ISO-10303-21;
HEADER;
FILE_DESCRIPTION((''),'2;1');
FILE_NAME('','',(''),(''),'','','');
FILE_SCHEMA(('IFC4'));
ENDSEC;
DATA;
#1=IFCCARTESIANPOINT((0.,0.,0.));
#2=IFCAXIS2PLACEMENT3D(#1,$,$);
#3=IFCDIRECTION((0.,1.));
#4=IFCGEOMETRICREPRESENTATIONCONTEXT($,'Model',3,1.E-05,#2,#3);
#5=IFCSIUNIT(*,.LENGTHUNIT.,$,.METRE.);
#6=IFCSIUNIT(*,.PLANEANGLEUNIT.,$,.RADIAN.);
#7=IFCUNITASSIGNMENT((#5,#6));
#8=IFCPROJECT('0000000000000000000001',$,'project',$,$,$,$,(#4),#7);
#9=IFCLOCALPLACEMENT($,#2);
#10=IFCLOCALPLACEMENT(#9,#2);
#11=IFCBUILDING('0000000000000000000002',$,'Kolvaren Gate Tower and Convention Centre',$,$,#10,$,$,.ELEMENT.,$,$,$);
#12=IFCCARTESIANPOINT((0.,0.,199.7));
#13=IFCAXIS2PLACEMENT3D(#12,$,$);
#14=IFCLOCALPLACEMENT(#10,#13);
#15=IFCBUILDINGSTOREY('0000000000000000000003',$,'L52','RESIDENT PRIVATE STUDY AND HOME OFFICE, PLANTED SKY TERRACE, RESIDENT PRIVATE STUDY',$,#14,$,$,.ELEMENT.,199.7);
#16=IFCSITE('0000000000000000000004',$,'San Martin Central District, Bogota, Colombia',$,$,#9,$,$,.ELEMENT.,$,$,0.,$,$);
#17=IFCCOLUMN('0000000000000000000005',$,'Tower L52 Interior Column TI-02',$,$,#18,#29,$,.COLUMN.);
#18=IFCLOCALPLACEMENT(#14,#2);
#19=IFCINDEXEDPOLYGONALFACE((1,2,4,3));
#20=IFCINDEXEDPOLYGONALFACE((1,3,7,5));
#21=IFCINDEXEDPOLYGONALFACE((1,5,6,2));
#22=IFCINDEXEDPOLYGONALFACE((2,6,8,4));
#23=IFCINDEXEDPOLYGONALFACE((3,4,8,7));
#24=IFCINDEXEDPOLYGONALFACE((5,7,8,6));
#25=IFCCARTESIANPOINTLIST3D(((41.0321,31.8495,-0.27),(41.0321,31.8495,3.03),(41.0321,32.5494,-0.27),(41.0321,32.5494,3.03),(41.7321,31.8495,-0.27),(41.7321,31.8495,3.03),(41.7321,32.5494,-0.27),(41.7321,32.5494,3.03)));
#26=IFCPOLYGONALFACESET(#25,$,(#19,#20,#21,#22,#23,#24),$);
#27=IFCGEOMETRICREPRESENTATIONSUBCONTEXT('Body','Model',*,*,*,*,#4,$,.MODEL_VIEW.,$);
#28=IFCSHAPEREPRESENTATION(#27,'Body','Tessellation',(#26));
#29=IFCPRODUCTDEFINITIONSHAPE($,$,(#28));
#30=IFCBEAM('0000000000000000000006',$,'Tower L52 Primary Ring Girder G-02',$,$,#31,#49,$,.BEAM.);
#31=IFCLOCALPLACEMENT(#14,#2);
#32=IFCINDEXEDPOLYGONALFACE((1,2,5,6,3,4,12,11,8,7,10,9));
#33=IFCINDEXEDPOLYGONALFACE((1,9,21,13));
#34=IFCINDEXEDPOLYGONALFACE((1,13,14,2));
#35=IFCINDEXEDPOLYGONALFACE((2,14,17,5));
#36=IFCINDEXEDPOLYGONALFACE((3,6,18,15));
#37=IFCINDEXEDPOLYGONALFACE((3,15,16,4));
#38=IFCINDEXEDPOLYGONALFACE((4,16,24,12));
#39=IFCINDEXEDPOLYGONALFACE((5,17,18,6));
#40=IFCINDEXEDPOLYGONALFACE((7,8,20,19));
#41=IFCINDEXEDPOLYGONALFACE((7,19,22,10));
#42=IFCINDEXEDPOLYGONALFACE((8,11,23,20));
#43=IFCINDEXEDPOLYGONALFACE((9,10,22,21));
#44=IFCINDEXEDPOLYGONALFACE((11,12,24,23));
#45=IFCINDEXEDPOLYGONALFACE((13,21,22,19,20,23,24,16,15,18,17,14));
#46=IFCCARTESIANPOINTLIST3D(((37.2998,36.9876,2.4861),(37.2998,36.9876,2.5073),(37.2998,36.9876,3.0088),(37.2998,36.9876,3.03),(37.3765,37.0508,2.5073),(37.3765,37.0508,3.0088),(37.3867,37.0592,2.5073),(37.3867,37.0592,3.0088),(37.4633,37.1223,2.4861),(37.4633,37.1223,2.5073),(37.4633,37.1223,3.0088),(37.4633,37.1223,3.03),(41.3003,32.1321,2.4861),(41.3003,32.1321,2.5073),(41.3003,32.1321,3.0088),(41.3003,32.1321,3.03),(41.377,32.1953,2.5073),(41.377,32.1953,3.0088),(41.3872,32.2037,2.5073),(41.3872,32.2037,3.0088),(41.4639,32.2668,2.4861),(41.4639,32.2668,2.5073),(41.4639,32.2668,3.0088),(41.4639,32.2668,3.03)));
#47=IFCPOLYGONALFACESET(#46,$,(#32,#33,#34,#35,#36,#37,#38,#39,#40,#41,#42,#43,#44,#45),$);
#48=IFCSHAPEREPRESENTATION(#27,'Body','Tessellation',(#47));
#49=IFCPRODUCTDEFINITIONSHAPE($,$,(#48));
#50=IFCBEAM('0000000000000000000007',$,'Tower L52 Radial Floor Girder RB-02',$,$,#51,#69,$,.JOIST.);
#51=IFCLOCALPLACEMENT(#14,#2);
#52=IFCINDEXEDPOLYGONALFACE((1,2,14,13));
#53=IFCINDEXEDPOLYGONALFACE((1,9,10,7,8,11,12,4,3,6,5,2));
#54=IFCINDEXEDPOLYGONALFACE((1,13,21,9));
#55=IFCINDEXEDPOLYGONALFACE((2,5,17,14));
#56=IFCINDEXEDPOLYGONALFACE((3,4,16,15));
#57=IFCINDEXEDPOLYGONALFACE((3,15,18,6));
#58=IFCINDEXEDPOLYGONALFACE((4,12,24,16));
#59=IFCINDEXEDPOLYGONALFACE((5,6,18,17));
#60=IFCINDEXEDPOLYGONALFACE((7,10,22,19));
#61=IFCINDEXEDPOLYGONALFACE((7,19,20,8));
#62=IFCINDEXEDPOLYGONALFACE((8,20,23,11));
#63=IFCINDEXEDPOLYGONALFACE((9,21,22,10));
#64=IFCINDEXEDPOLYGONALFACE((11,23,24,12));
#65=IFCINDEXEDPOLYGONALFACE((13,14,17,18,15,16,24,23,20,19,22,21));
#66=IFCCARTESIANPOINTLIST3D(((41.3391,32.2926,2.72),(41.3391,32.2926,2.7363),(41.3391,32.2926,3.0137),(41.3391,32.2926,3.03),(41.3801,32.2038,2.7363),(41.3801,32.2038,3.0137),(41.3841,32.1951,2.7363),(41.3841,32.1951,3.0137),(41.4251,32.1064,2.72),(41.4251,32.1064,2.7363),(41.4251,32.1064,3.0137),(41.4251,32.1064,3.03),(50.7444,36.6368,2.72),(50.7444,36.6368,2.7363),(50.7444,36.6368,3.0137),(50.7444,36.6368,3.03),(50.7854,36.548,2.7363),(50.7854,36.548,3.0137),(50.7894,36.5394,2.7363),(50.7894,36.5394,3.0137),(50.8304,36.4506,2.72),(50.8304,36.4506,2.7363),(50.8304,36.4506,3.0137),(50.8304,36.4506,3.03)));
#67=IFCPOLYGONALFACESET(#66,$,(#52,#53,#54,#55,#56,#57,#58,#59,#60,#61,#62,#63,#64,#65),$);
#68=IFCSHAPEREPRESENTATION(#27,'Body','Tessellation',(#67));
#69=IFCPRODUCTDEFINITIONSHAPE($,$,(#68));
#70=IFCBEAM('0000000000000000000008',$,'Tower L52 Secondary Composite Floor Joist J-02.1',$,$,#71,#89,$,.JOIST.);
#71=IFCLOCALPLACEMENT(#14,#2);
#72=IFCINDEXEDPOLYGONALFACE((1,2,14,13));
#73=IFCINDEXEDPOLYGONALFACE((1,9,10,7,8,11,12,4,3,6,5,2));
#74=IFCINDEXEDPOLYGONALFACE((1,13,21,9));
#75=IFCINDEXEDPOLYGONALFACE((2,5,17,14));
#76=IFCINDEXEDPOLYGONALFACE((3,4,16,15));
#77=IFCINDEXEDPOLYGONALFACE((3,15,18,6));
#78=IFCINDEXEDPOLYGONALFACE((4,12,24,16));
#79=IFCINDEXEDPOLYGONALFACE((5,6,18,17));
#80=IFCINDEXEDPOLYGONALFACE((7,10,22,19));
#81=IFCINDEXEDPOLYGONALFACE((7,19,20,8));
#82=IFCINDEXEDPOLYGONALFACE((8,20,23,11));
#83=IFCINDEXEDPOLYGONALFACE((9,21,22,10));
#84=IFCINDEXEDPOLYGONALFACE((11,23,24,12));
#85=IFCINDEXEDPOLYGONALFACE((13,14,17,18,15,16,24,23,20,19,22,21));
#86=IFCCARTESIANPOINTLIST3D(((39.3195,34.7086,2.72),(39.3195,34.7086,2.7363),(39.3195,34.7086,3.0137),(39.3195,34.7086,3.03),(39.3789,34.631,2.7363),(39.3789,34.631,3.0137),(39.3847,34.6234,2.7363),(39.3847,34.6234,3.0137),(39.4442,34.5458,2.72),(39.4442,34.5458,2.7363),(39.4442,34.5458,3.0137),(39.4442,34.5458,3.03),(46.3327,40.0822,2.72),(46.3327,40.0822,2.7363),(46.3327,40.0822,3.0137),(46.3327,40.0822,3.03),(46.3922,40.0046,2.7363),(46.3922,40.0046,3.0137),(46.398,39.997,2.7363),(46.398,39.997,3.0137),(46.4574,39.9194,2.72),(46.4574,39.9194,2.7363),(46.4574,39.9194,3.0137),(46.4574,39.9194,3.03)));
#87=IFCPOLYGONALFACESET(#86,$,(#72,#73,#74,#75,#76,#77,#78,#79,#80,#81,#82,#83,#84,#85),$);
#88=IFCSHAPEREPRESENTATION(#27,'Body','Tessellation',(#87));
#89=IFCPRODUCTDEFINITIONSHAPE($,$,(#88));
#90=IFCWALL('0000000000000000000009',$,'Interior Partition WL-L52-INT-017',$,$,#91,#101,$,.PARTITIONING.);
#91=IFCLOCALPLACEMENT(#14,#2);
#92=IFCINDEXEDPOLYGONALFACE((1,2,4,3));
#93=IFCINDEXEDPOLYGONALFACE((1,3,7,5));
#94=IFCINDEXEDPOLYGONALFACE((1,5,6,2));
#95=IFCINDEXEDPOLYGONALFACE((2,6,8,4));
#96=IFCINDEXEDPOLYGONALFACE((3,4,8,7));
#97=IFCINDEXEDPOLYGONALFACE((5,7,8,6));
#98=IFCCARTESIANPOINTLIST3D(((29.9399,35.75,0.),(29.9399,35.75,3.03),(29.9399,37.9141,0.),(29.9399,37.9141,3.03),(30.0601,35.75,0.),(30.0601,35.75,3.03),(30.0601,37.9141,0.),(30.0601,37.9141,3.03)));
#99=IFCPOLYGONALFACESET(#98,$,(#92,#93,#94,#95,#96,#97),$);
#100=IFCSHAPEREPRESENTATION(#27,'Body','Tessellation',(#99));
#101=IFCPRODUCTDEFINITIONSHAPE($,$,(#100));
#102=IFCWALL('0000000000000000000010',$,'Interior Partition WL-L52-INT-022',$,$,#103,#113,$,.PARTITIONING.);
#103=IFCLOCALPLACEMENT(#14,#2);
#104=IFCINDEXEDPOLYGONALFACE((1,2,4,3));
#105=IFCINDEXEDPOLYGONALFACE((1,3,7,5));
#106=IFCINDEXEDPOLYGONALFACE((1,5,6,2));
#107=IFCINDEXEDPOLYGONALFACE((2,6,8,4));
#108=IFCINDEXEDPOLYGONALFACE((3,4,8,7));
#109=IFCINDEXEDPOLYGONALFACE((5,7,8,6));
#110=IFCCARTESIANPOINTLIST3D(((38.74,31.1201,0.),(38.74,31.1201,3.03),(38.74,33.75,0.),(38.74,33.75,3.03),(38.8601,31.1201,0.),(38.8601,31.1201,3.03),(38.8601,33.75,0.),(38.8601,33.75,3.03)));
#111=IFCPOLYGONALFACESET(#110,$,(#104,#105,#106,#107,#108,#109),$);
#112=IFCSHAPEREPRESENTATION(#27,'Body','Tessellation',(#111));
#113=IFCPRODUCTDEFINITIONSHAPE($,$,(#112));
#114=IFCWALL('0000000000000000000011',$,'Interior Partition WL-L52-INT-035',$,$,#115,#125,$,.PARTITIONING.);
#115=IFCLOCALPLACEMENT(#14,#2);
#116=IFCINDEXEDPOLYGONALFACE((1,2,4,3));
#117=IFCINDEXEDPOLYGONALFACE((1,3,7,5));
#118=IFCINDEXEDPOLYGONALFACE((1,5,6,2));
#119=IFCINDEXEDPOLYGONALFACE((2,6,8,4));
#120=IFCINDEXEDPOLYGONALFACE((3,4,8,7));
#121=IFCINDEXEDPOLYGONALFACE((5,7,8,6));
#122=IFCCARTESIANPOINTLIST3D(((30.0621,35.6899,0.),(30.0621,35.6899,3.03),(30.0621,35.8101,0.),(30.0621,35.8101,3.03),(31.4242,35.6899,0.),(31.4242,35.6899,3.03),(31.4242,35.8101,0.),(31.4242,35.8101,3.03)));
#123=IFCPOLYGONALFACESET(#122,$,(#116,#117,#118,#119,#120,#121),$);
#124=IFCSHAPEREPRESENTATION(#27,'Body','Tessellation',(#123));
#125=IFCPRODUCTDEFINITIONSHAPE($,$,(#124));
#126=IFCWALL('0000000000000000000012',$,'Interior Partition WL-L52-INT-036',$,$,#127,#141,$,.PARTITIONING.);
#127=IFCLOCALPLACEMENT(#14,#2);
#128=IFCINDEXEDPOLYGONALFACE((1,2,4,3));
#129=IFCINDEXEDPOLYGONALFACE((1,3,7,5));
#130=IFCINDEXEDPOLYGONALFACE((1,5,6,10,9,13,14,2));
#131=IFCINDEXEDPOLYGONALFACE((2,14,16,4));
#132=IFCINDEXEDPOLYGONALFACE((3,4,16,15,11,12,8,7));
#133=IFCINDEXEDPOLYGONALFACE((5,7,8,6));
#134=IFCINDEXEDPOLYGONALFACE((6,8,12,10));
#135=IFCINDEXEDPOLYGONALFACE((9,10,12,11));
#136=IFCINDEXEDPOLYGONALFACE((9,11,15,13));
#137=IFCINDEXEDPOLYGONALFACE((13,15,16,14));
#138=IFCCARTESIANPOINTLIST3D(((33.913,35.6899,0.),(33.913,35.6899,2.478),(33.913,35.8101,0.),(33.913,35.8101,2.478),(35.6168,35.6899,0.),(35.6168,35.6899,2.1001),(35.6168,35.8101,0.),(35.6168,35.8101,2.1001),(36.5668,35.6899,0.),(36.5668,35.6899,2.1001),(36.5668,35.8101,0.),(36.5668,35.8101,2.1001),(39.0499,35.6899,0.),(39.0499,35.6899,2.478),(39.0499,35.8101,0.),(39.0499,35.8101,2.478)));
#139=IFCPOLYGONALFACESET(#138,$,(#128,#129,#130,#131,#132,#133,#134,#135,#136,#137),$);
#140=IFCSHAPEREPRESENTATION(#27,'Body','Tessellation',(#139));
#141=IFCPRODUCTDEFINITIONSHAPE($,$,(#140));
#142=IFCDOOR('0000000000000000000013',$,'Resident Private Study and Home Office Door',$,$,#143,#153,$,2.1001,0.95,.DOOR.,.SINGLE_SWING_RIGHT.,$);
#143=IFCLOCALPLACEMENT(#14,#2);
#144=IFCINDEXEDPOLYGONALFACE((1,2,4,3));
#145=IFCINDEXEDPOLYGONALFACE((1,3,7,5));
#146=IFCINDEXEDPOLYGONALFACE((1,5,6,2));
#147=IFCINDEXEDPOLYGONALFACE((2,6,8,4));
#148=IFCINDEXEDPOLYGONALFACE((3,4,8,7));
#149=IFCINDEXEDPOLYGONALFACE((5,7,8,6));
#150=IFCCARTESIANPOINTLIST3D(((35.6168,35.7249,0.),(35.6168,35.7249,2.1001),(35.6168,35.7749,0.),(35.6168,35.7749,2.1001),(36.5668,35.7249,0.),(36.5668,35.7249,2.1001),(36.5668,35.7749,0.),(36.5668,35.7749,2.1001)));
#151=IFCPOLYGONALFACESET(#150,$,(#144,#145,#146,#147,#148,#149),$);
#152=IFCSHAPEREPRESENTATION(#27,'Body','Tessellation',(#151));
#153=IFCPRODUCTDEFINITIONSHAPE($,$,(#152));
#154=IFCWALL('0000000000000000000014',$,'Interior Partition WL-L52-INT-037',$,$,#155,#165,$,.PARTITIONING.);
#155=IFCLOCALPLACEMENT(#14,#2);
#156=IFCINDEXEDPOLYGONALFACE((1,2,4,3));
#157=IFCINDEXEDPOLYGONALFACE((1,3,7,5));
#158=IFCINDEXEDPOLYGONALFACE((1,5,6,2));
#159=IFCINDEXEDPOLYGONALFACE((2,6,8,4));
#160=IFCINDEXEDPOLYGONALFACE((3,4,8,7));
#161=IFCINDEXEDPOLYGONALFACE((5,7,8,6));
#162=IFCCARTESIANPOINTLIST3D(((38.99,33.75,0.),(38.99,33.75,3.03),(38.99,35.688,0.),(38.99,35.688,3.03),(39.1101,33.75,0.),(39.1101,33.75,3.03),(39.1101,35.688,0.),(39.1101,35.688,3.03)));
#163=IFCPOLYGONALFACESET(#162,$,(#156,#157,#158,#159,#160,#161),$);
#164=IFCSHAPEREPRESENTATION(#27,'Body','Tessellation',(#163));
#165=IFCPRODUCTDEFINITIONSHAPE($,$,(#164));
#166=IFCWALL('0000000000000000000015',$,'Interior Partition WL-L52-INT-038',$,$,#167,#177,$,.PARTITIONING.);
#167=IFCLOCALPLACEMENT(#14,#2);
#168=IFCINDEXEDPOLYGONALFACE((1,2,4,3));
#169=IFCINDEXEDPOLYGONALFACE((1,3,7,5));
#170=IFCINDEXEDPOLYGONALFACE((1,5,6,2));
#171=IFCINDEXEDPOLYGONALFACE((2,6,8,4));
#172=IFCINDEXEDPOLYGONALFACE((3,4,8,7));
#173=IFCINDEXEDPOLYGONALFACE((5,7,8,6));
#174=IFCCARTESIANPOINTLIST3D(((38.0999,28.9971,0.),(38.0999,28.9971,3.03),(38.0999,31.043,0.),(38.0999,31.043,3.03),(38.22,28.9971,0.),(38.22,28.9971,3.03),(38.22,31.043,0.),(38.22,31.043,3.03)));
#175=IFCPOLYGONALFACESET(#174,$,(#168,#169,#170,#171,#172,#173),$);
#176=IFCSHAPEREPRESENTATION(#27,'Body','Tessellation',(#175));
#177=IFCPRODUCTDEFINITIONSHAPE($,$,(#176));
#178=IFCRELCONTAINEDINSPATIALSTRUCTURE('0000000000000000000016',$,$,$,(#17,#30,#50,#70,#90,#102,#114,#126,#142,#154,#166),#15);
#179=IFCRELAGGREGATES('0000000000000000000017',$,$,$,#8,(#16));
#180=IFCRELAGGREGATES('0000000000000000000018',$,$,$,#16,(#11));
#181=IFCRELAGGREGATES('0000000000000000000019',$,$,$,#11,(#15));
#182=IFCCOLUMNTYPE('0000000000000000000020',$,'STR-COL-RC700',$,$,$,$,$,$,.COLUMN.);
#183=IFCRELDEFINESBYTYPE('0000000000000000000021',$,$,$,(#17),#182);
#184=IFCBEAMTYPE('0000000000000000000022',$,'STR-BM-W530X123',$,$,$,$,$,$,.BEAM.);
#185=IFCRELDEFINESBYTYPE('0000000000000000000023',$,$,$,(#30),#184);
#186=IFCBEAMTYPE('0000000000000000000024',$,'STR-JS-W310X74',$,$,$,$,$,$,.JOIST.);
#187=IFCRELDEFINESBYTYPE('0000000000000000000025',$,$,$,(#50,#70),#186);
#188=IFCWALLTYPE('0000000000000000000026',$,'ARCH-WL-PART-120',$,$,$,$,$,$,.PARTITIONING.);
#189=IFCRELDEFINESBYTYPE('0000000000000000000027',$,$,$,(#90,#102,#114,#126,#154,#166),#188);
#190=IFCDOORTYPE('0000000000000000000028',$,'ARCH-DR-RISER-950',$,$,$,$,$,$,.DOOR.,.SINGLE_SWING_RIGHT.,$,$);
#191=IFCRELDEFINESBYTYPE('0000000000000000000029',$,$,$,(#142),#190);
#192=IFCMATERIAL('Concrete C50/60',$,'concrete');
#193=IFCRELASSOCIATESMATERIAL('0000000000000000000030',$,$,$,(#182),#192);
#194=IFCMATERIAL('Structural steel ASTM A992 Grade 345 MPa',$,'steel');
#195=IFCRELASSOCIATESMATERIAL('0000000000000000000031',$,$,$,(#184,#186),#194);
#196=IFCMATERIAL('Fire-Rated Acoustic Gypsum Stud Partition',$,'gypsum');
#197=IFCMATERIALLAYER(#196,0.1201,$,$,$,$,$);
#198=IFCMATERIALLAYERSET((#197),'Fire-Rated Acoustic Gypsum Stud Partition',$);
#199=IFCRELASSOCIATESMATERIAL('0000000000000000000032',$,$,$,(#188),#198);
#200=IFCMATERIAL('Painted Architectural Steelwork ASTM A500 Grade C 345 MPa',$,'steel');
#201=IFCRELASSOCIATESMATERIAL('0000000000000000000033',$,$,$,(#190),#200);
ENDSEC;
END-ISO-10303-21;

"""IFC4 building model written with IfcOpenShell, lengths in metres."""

from ifc_helpers import new_model, si_unit, direction, frame, frame_2d, origin, origin_2d, place, context, subcontext, project, spatial, rectangle, i_section, extrude, material, layer, layer_set, material_profile, profile_set, type_object, element, fill, save


model = new_model("IFC4")

# Units and contexts
model_context = context("Model", 3, precision=1e-05, world=origin(), true_north=direction((0.0, 1.0)))
body_context = subcontext(model_context, "Body", "Model", "MODEL_VIEW")
ifc_project = project(units=[si_unit("LENGTHUNIT", "METRE"), si_unit("PLANEANGLEUNIT", "RADIAN")], contexts=[model_context])

# Site, building, storey
site_placement = place(None, origin())
site = spatial("IfcSite", under=ifc_project, at=site_placement, Name="San Martin Central District, Bogota, Colombia", CompositionType="ELEMENT", RefElevation=0.0)
building_placement = place(site_placement, origin())
building = spatial("IfcBuilding", under=site, at=building_placement, Name="Kolvaren Gate Tower and Convention Centre", CompositionType="ELEMENT")
storey_placement = place(building_placement, frame((0.0, 0.0, 199.7)))
storey = spatial("IfcBuildingStorey", under=building, at=storey_placement, Name="L52", Description="RESIDENT PRIVATE STUDY AND HOME OFFICE, PLANTED SKY TERRACE, RESIDENT PRIVATE STUDY", CompositionType="ELEMENT", Elevation=199.7)

# Column
ifc_material_1 = material(Name="Concrete C50/60", Category="concrete")
ifc_material_profile_1 = material_profile(ifc_material_1, rectangle(XDim=0.7, YDim=0.7, at=origin_2d()), Name="RC-COL-700X700")
ifc_profile_set_1 = profile_set([ifc_material_profile_1], Name="Concrete C50/60")
column_type = type_object("IfcColumnType", Name="STR-COL-RC700", PredefinedType="COLUMN", material=ifc_profile_set_1)
column_placement = place(storey_placement, frame((41.3821, 32.1995, -0.27), z_axis=(0.0, 0.0, 1.0), x_axis=(1.0, 0.0, 0.0)))
element("IfcColumn", 1, at=column_placement, inside=storey, type_object=column_type, Name="Tower L52 Interior Column TI-02", PredefinedType="COLUMN", context=body_context, shape_type="SweptSolid", body=[
    extrude(rectangle(XDim=0.7, YDim=0.7, at=origin_2d()), origin(), (0.0, 0.0, 1.0), 3.3),
])

# Beams
ifc_material_2 = material(Name="Structural steel ASTM A992 Grade 345 MPa", Category="steel")
ifc_material_profile_2 = material_profile(ifc_material_2, i_section(OverallWidth=0.2119, OverallDepth=0.5439, WebThickness=0.0132, FlangeThickness=0.0212, at=origin_2d()), Name="W530X123")
ifc_profile_set_2 = profile_set([ifc_material_profile_2], Name="Structural steel ASTM A992 Grade 345 MPa")
beam_type_1 = type_object("IfcBeamType", Name="STR-BM-W530X123", PredefinedType="BEAM", material=ifc_profile_set_2)
beam_1_placement = place(storey_placement, frame((41.3821, 32.1995, 2.7581), z_axis=(-0.635884, 0.771785, 0.0), x_axis=(-0.771785, -0.635884, 0.0)))
element("IfcBeam", 2, at=beam_1_placement, inside=storey, type_object=beam_type_1, Name="Tower L52 Primary Ring Girder G-02", PredefinedType="BEAM", context=body_context, shape_type="SweptSolid", body=[
    extrude(i_section(OverallWidth=0.2119, OverallDepth=0.5439, WebThickness=0.0132, FlangeThickness=0.0212, at=origin_2d()), origin(), (0.0, 0.0, 1.0), 6.2913),
])
ifc_material_profile_3 = material_profile(ifc_material_2, i_section(OverallWidth=0.2051, OverallDepth=0.3101, WebThickness=0.0095, FlangeThickness=0.0164, at=origin_2d()), Name="W310X74")
ifc_profile_set_3 = profile_set([ifc_material_profile_3], Name="Structural steel ASTM A992 Grade 345 MPa")
beam_type_2 = type_object("IfcBeamType", Name="STR-JS-W310X74", PredefinedType="JOIST", material=ifc_profile_set_3)
beam_2_placement = place(storey_placement, frame((41.3821, 32.1995, 2.875), z_axis=(0.907837, 0.419324, 0.0), x_axis=(-0.419324, 0.907837, 0.0)))
element("IfcBeam", 3, at=beam_2_placement, inside=storey, type_object=beam_type_2, Name="Tower L52 Radial Floor Girder RB-02", PredefinedType="JOIST", context=body_context, shape_type="SweptSolid", body=[
    extrude(i_section(OverallWidth=0.2051, OverallDepth=0.3101, WebThickness=0.0095, FlangeThickness=0.0164, at=origin_2d()), origin(), (0.0, 0.0, 1.0), 10.3601),
])
beam_3_placement = place(storey_placement, frame((39.3818, 34.6272, 2.875), z_axis=(0.793783, 0.608201, 0.0), x_axis=(-0.608201, 0.793783, 0.0)))
element("IfcBeam", 4, at=beam_3_placement, inside=storey, type_object=beam_type_2, Name="Tower L52 Secondary Composite Floor Joist J-02.1", PredefinedType="JOIST", context=body_context, shape_type="SweptSolid", body=[
    extrude(i_section(OverallWidth=0.2051, OverallDepth=0.3101, WebThickness=0.0095, FlangeThickness=0.0164, at=origin_2d()), origin(), (0.0, 0.0, 1.0), 8.8352),
])

# Walls
ifc_material_3 = material(Name="Fire-Rated Acoustic Gypsum Stud Partition", Category="gypsum")
ifc_layer_1 = layer(ifc_material_3, 0.1201)
ifc_layer_set_1 = layer_set([ifc_layer_1], Name="Fire-Rated Acoustic Gypsum Stud Partition")
wall_type_1 = type_object("IfcWallType", Name="ARCH-WL-PART-120", PredefinedType="PARTITIONING", material=ifc_layer_set_1)
wall_1_placement = place(storey_placement, frame((30.0, 35.75, 0.0), z_axis=(0.0, 0.0, 1.0), x_axis=(0.0, 1.0, 0.0)))
element("IfcWall", 5, at=wall_1_placement, inside=storey, type_object=wall_type_1, Name="Interior Partition WL-L52-INT-017", PredefinedType="PARTITIONING", context=body_context, shape_type="SweptSolid", body=[
    extrude(rectangle(XDim=2.1641, YDim=0.1201, at=frame_2d((1.082, 0.0))), origin(), (0.0, 0.0, 1.0), 3.03),
])
wall_2_placement = place(storey_placement, frame((38.8, 31.1201, 0.0), z_axis=(0.0, 0.0, 1.0), x_axis=(0.0, 1.0, 0.0)))
element("IfcWall", 6, at=wall_2_placement, inside=storey, type_object=wall_type_1, Name="Interior Partition WL-L52-INT-022", PredefinedType="PARTITIONING", context=body_context, shape_type="SweptSolid", body=[
    extrude(rectangle(XDim=2.6299, YDim=0.1201, at=frame_2d((1.3149, 0.0))), origin(), (0.0, 0.0, 1.0), 3.03),
])
wall_3_placement = place(storey_placement, frame((30.062, 35.75, 0.0), z_axis=(0.0, 0.0, 1.0), x_axis=(1.0, 0.0, 0.0)))
element("IfcWall", 7, at=wall_3_placement, inside=storey, type_object=wall_type_1, Name="Interior Partition WL-L52-INT-035", PredefinedType="PARTITIONING", context=body_context, shape_type="SweptSolid", body=[
    extrude(rectangle(XDim=1.3621, YDim=0.1201, at=frame_2d((0.6812, 0.0))), origin(), (0.0, 0.0, 1.0), 3.03),
])

# Wall, opening, door
wall_4_placement = place(storey_placement, frame((33.9131, 35.75, 0.0), z_axis=(0.0, 0.0, 1.0), x_axis=(1.0, 0.0, 0.0)))
wall_4 = element("IfcWall", 8, at=wall_4_placement, inside=storey, type_object=wall_type_1, Name="Interior Partition WL-L52-INT-036", PredefinedType="PARTITIONING", context=body_context, shape_type="SweptSolid", body=[
    extrude(rectangle(XDim=5.137, YDim=0.1201, at=frame_2d((2.5684, 0.0))), origin(), (0.0, 0.0, 1.0), 2.478),
])
opening_1_placement = place(wall_4_placement, frame((1.7036, 0.0, 0.0)))
opening_1 = element("IfcOpeningElement", 9, at=opening_1_placement, cuts=wall_4, PredefinedType="OPENING", context=body_context, shape_type="SweptSolid", body=[
    extrude(rectangle(XDim=0.95, YDim=2.1001, at=frame_2d((0.4751, 1.05))), frame((0.0, 0.0701, 0.0), z_axis=(0.0, -1.0, 0.0), x_axis=(1.0, 0.0, 0.0)), (0.0, 0.0, 1.0), 0.1401),
])
ifc_material_4 = material(Name="Painted Architectural Steelwork ASTM A500 Grade C 345 MPa", Category="steel")
door_type = type_object("IfcDoorType", Name="ARCH-DR-RISER-950", OperationType="SINGLE_SWING_RIGHT", PredefinedType="DOOR", material=ifc_material_4)
door_1_placement = place(opening_1_placement, origin())
door_1 = element("IfcDoor", 10, at=door_1_placement, inside=storey, type_object=door_type, Name="Resident Private Study and Home Office Door", OperationType="SINGLE_SWING_RIGHT", OverallHeight=2.1001, OverallWidth=0.95, PredefinedType="DOOR", context=body_context, shape_type="SweptSolid", body=[
    extrude(rectangle(XDim=0.95, YDim=2.1001, at=frame_2d((0.4751, 1.05))), frame((0.0, 0.0249, 0.0), z_axis=(0.0, -1.0, 0.0), x_axis=(1.0, 0.0, 0.0)), (0.0, 0.0, 1.0), 0.05),
])
fill(opening_1, door_1)

# Walls
wall_5_placement = place(storey_placement, frame((39.05, 33.75, 0.0), z_axis=(0.0, 0.0, 1.0), x_axis=(0.0, 1.0, 0.0)))
element("IfcWall", 11, at=wall_5_placement, inside=storey, type_object=wall_type_1, Name="Interior Partition WL-L52-INT-037", PredefinedType="PARTITIONING", context=body_context, shape_type="SweptSolid", body=[
    extrude(rectangle(XDim=1.938, YDim=0.1201, at=frame_2d((0.969, 0.0))), origin(), (0.0, 0.0, 1.0), 3.03),
])
wall_6_placement = place(storey_placement, frame((38.1599, 28.9971, 0.0), z_axis=(0.0, 0.0, 1.0), x_axis=(0.0, 1.0, 0.0)))
element("IfcWall", 12, at=wall_6_placement, inside=storey, type_object=wall_type_1, Name="Interior Partition WL-L52-INT-038", PredefinedType="PARTITIONING", context=body_context, shape_type="SweptSolid", body=[
    extrude(rectangle(XDim=2.0459, YDim=0.1201, at=frame_2d((1.0229, 0.0))), origin(), (0.0, 0.0, 1.0), 3.03),
])

save(model, "model.ifc")
